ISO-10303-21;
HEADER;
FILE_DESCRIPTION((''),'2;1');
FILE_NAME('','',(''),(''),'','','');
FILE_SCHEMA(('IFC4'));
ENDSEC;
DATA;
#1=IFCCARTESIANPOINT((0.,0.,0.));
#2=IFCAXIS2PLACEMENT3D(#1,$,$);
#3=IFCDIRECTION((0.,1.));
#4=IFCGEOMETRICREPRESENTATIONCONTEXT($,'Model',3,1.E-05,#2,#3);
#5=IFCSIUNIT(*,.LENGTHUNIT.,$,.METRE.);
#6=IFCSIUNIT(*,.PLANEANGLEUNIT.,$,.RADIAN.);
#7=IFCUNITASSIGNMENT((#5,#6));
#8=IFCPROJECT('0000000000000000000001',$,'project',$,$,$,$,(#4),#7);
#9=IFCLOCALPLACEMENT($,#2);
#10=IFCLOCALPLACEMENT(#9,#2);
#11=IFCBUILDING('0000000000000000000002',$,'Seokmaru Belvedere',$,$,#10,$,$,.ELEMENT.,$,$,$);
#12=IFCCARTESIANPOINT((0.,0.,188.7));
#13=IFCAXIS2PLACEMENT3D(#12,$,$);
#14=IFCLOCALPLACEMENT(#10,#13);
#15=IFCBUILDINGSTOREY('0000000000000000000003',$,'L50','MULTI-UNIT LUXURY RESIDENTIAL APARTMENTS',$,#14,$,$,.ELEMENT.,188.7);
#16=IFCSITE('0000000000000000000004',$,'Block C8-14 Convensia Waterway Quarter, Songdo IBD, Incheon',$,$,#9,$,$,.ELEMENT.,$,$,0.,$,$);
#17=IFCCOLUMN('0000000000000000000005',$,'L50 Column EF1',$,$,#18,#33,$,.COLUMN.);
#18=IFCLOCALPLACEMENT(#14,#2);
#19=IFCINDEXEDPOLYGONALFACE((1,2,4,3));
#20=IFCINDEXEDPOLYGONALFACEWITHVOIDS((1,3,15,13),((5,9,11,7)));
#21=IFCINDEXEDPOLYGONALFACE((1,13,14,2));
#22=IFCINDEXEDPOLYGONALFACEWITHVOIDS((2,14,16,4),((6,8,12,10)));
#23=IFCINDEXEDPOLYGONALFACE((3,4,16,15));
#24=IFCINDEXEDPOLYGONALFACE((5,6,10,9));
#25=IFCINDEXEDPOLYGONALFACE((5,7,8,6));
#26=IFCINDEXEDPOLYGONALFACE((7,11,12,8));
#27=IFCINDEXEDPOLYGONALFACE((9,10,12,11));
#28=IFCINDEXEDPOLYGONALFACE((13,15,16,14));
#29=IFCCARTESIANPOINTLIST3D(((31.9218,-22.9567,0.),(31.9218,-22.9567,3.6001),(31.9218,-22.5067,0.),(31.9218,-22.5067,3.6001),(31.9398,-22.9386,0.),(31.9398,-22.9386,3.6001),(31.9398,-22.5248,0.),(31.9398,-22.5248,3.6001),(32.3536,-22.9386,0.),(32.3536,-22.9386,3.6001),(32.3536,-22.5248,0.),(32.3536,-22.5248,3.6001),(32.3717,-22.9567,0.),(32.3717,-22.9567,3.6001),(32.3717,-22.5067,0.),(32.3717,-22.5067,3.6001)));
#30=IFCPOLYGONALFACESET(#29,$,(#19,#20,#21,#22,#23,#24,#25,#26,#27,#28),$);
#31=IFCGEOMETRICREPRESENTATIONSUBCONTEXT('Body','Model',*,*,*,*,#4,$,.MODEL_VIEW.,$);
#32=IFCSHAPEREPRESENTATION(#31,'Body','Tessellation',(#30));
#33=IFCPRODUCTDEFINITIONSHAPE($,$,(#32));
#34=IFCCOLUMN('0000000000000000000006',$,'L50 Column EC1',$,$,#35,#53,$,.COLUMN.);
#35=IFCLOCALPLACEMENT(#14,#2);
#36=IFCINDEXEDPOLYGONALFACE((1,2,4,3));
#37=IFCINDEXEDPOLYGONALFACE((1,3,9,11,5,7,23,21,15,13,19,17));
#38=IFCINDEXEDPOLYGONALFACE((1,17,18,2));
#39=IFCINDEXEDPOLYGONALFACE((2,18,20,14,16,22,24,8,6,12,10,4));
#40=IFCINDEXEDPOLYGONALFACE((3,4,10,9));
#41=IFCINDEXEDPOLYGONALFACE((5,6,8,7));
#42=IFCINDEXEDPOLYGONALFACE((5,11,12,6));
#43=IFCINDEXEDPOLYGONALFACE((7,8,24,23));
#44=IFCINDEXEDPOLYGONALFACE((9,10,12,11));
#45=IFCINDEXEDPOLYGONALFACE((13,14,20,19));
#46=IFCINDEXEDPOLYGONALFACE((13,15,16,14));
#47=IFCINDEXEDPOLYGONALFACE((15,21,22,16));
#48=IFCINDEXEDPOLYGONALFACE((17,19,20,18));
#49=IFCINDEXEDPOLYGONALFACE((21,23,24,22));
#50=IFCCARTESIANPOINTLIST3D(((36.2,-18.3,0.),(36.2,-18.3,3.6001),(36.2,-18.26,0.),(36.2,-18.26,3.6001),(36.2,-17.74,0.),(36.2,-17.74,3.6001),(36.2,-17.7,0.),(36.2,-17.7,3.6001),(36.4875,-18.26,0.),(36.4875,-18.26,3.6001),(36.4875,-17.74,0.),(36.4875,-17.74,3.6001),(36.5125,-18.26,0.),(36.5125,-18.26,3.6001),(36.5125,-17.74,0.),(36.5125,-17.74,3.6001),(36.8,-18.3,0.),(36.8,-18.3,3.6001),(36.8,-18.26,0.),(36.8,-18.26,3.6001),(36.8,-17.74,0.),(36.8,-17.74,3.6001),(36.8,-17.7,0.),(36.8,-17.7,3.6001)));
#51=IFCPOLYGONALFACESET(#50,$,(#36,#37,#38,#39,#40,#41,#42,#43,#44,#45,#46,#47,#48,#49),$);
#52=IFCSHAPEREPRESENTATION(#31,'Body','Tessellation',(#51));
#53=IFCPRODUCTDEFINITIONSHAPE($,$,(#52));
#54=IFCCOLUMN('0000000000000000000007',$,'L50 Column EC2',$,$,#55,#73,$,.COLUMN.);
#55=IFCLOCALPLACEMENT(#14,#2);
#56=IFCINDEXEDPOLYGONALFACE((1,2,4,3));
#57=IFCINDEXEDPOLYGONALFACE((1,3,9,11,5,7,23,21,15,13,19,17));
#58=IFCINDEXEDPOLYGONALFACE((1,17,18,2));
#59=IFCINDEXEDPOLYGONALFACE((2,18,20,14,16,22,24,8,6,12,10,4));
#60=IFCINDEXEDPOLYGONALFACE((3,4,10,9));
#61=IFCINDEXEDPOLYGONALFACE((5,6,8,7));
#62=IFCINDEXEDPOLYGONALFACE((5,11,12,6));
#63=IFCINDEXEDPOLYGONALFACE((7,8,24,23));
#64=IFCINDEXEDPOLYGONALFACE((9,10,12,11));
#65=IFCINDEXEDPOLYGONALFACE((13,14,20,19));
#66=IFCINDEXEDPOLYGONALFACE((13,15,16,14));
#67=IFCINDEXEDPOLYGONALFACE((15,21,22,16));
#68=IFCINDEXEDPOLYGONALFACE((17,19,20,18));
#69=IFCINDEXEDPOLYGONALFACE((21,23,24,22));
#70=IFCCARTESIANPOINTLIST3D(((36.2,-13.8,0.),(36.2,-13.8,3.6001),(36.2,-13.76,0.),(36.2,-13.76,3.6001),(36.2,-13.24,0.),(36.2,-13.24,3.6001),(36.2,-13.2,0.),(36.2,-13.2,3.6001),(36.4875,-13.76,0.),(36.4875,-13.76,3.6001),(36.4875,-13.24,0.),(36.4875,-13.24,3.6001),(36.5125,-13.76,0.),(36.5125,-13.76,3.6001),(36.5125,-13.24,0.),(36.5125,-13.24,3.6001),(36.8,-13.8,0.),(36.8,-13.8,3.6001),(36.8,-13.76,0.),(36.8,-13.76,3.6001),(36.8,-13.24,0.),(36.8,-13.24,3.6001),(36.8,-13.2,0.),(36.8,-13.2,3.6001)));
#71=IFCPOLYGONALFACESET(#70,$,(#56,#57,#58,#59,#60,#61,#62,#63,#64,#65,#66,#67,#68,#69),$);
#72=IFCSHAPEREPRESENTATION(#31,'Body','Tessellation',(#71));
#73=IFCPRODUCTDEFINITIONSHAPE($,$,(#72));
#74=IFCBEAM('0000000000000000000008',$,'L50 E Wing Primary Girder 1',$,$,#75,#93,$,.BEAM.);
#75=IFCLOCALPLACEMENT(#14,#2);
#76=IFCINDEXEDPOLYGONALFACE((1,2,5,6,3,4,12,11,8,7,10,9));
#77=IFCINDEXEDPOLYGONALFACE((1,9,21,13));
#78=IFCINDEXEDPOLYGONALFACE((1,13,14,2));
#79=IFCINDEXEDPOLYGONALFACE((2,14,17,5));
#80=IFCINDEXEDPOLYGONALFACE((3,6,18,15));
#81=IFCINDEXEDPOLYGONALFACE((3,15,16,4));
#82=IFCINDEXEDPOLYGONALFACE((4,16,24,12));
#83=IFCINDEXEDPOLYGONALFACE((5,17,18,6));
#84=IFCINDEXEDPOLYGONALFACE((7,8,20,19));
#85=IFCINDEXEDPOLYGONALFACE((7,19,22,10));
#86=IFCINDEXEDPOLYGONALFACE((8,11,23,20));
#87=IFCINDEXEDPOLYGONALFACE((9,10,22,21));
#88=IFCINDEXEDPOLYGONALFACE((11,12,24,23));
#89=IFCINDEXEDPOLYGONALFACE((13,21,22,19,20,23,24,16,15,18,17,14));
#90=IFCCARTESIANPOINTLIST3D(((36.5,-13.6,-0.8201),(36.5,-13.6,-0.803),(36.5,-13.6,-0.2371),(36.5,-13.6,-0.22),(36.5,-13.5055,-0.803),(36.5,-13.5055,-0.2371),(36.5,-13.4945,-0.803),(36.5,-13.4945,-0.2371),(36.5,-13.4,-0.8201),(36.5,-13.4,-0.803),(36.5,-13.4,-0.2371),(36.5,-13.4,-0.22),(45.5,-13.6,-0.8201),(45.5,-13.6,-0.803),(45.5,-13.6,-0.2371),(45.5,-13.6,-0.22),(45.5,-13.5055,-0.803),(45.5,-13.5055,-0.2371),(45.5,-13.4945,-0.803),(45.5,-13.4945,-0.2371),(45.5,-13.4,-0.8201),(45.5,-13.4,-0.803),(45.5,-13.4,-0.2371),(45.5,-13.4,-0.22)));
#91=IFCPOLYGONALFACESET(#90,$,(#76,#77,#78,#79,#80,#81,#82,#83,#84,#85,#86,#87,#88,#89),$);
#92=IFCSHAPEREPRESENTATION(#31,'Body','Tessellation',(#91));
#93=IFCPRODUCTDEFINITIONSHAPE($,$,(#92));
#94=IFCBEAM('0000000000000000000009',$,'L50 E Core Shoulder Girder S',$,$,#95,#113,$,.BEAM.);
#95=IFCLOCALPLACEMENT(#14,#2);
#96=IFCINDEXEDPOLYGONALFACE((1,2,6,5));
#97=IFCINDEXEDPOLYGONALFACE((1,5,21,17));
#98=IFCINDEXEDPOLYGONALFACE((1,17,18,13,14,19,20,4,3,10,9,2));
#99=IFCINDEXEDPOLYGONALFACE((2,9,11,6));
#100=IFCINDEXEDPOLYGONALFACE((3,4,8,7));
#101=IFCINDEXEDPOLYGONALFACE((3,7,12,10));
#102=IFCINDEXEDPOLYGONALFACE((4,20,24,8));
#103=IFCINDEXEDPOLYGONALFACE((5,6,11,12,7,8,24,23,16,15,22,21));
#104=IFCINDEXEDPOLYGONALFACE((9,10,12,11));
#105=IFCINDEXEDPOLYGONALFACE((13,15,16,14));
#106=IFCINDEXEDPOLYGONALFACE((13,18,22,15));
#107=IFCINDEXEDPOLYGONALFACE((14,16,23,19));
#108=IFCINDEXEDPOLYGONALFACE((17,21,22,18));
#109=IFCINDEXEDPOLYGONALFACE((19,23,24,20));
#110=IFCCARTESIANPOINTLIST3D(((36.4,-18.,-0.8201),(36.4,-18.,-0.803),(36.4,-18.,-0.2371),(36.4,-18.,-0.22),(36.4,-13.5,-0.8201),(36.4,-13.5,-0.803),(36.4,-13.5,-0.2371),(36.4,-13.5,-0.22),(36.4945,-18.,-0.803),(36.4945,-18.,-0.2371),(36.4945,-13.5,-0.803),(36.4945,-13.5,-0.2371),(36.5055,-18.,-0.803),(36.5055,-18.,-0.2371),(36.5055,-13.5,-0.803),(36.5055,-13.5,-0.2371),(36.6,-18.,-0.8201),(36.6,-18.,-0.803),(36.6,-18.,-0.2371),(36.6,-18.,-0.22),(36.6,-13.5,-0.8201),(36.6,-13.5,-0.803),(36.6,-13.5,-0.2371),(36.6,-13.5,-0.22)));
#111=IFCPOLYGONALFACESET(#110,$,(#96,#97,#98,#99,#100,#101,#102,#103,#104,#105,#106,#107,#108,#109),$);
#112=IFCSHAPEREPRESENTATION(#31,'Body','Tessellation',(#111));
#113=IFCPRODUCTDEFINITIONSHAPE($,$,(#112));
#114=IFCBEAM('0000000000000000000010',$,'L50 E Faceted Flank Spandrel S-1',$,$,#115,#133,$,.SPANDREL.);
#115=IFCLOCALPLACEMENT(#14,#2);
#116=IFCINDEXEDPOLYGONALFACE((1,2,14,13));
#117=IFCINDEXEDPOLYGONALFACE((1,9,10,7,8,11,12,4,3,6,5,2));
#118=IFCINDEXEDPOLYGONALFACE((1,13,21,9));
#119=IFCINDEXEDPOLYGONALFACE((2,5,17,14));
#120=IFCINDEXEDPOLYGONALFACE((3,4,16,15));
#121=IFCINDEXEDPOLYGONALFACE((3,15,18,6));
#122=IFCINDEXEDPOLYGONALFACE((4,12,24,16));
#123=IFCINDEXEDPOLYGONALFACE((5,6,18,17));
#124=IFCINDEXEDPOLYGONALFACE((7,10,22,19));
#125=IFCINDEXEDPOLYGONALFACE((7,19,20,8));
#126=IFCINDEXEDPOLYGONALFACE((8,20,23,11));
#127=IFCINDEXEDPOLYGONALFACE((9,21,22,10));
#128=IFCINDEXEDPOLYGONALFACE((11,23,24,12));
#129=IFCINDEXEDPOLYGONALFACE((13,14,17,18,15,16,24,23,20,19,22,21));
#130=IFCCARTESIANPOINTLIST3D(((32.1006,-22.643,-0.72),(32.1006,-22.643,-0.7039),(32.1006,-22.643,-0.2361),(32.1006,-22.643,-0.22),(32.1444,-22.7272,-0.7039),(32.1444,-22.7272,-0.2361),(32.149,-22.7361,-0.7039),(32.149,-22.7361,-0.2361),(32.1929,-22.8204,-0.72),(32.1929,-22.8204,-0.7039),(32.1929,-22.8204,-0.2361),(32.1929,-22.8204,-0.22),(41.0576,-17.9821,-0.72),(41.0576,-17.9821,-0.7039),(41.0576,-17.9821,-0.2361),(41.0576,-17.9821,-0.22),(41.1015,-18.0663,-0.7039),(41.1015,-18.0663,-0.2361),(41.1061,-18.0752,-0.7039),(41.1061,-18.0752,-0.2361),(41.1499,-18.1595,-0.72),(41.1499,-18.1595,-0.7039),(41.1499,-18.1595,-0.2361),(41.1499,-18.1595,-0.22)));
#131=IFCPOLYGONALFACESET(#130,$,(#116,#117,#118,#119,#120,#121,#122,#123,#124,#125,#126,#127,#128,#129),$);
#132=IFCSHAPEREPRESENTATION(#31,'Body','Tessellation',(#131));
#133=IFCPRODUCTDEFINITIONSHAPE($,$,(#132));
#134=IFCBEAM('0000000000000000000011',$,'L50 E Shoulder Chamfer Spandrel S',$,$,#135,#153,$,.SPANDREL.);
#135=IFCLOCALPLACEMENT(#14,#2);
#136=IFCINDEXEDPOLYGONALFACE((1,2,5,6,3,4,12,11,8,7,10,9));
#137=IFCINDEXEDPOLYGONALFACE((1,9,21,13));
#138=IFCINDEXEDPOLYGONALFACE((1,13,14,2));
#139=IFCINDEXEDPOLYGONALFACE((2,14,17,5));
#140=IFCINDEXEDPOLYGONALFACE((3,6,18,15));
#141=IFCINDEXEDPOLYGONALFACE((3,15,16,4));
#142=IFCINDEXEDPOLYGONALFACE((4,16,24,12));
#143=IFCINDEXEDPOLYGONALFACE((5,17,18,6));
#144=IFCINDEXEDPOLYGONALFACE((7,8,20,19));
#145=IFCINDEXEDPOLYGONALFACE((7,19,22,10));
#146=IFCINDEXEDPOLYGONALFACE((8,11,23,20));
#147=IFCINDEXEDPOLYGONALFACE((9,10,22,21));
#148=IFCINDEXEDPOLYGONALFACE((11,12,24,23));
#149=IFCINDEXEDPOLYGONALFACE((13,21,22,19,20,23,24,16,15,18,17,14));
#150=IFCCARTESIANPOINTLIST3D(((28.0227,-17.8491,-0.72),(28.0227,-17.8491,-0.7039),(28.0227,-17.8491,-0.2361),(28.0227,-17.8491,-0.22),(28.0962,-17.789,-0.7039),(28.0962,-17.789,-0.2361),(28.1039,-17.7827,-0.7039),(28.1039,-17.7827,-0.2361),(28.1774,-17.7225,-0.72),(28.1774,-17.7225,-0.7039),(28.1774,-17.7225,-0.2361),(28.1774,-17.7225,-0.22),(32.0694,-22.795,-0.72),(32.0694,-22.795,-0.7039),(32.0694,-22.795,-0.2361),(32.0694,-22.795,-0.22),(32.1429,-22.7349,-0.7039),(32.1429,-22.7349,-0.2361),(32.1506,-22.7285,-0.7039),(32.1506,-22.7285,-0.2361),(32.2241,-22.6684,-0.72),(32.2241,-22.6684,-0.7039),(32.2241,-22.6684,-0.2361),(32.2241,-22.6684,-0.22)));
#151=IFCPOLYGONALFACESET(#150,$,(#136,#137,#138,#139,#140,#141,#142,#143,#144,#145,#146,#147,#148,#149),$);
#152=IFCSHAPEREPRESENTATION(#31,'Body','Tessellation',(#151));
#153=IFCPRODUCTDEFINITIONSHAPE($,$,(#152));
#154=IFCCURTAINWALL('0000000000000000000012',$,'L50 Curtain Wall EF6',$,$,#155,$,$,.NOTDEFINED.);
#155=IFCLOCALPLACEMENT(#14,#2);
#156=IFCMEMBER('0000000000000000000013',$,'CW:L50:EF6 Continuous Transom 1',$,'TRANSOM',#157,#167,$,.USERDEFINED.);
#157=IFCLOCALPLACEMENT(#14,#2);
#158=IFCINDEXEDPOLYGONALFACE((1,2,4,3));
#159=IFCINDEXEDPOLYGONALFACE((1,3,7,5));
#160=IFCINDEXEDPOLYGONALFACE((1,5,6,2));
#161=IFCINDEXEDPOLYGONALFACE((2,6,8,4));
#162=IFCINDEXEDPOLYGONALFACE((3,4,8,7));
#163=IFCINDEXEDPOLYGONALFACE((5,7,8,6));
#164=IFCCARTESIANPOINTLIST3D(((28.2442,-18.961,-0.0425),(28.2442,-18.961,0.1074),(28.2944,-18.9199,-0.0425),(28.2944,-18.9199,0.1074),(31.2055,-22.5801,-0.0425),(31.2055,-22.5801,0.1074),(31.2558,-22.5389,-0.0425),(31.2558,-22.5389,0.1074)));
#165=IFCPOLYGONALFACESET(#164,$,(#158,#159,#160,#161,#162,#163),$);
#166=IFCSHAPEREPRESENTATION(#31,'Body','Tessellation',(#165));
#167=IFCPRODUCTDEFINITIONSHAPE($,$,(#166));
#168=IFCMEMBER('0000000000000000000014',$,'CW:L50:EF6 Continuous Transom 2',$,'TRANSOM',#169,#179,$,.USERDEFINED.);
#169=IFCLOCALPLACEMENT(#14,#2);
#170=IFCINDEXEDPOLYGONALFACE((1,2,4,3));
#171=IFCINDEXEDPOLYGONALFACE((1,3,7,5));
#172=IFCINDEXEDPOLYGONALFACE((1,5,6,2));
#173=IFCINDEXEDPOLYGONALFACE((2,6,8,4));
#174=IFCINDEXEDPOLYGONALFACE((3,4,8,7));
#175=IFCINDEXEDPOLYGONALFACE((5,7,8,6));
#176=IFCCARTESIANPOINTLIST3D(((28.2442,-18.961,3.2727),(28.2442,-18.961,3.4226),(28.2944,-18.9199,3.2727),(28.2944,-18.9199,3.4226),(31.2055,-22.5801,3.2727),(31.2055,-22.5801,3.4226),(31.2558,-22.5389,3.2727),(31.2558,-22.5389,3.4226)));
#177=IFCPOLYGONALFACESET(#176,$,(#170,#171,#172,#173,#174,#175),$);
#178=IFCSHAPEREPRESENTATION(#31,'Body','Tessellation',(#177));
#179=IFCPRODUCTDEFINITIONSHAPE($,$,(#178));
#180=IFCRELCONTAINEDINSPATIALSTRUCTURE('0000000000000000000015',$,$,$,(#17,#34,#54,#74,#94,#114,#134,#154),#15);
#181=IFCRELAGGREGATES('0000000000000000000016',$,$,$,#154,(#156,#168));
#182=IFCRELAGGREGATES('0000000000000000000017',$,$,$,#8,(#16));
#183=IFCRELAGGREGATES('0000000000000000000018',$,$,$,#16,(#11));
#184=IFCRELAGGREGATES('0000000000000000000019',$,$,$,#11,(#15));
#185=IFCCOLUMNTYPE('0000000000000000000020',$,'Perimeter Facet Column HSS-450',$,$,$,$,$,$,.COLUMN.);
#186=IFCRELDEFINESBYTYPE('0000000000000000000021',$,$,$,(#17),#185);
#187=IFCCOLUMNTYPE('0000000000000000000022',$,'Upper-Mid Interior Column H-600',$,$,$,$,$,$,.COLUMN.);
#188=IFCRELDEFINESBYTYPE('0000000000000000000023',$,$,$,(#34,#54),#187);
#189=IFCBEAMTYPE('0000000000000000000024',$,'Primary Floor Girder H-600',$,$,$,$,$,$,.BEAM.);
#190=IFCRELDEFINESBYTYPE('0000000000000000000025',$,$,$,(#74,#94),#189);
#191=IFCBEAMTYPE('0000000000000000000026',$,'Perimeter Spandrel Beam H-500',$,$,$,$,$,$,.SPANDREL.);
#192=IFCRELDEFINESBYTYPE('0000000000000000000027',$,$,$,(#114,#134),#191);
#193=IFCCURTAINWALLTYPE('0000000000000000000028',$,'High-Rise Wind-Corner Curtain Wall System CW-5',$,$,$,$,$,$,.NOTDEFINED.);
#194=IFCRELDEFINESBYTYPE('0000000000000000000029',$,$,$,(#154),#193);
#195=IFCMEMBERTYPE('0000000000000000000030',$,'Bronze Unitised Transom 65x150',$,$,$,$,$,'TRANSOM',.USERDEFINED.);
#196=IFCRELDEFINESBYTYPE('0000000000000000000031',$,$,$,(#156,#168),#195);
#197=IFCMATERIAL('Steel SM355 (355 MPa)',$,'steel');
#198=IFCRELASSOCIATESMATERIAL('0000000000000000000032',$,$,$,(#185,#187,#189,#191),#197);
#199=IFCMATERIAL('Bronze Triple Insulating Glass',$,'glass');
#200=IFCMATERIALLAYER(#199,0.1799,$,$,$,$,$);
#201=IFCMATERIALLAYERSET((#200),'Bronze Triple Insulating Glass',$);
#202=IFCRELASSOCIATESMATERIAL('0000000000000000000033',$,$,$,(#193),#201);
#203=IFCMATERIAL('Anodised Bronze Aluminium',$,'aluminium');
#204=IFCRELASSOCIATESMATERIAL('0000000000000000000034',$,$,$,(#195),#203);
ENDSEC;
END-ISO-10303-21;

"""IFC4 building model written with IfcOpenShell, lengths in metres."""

from ifc_helpers import new_model, si_unit, direction, frame, origin, origin_2d, place, context, subcontext, project, spatial, rectangle, hollow_rectangle, i_section, extrude, source, transform, mapped, material, layer, layer_set, material_profile, profile_set, type_object, type_shapes, element, aggregate, save


model = new_model("IFC4")

# Units and contexts
model_context = context("Model", 3, precision=1e-05, world=origin(), true_north=direction((0.0, 1.0)))
body_context = subcontext(model_context, "Body", "Model", "MODEL_VIEW")
ifc_project = project(units=[si_unit("LENGTHUNIT", "METRE"), si_unit("PLANEANGLEUNIT", "RADIAN")], contexts=[model_context])

# Site, building, storey
site_placement = place(None, origin())
site = spatial("IfcSite", under=ifc_project, at=site_placement, Name="Block C8-14 Convensia Waterway Quarter, Songdo IBD, Incheon", CompositionType="ELEMENT", RefElevation=0.0)
building_placement = place(site_placement, origin())
building = spatial("IfcBuilding", under=site, at=building_placement, Name="Seokmaru Belvedere", CompositionType="ELEMENT")
storey_placement = place(building_placement, frame((0.0, 0.0, 188.7)))
storey = spatial("IfcBuildingStorey", under=building, at=storey_placement, Name="L50", Description="MULTI-UNIT LUXURY RESIDENTIAL APARTMENTS", CompositionType="ELEMENT", Elevation=188.7)

# Columns
ifc_material_1 = material(Name="Steel SM355 (355 MPa)", Category="steel")
ifc_material_profile_1 = material_profile(ifc_material_1, hollow_rectangle(XDim=0.45, YDim=0.45, WallThickness=0.0181, at=origin_2d()), Name="HSS-450x450x18")
ifc_profile_set_1 = profile_set([ifc_material_profile_1], Name="Steel SM355 (355 MPa)")
column_type_1 = type_object("IfcColumnType", Name="Perimeter Facet Column HSS-450", PredefinedType="COLUMN", material=ifc_profile_set_1)
shared_shape_1 = source(origin(), body_context, "Body", "SweptSolid", [
    extrude(hollow_rectangle(XDim=0.45, YDim=0.45, WallThickness=0.0181, at=origin_2d()), origin(), (0.0, 0.0, 1.0), 3.6001),
])
type_shapes(column_type_1, [shared_shape_1])
column_placement = place(storey_placement, frame((32.1467, -22.7317, 0.0), z_axis=(0.0, 0.0, 1.0), x_axis=(1.0, 0.0, 0.0)))
element("IfcColumn", 1, at=column_placement, inside=storey, type_object=column_type_1, Name="L50 Column EF1", PredefinedType="COLUMN", context=body_context, shape_type="MappedRepresentation", body=[
    mapped(shared_shape_1, transform((0.0, 0.0, 0.0), scale=1.0)),
])
ifc_material_profile_2 = material_profile(ifc_material_1, i_section(OverallWidth=0.6001, OverallDepth=0.6001, WebThickness=0.0249, FlangeThickness=0.04, at=origin_2d()), Name="H-600x600x25x40")
ifc_profile_set_2 = profile_set([ifc_material_profile_2], Name="Steel SM355 (355 MPa)")
column_type_2 = type_object("IfcColumnType", Name="Upper-Mid Interior Column H-600", PredefinedType="COLUMN", material=ifc_profile_set_2)
shared_shape_2 = source(origin(), body_context, "Body", "SweptSolid", [
    extrude(i_section(OverallWidth=0.6001, OverallDepth=0.6001, WebThickness=0.0249, FlangeThickness=0.04, at=origin_2d()), origin(), (0.0, 0.0, 1.0), 3.6001),
])
type_shapes(column_type_2, [shared_shape_2])
for number, where, z_axis, x_axis, name in (
    (2, (36.5, -18.0, 0.0), (0.0, 0.0, 1.0), (1.0, 0.0, 0.0), "L50 Column EC1"),
    (3, (36.5, -13.5, 0.0), (0.0, 0.0, 1.0), (1.0, 0.0, 0.0), "L50 Column EC2"),
):
    element("IfcColumn", number, at=place(storey_placement, frame(where, z_axis=z_axis, x_axis=x_axis)), inside=storey, type_object=column_type_2, Name=name, PredefinedType="COLUMN", context=body_context, shape_type="MappedRepresentation", body=[
        mapped(shared_shape_2, transform((0.0, 0.0, 0.0), scale=1.0)),
    ])

# Beams
ifc_material_profile_3 = material_profile(ifc_material_1, i_section(OverallWidth=0.2, OverallDepth=0.6001, WebThickness=0.011, FlangeThickness=0.0171, at=origin_2d()), Name="H-600x200x11x17")
ifc_profile_set_3 = profile_set([ifc_material_profile_3], Name="Steel SM355 (355 MPa)")
beam_type_1 = type_object("IfcBeamType", Name="Primary Floor Girder H-600", PredefinedType="BEAM", material=ifc_profile_set_3)
shared_shape_3 = source(origin(), body_context, "Body", "SweptSolid", [
    extrude(i_section(OverallWidth=0.2, OverallDepth=0.6001, WebThickness=0.011, FlangeThickness=0.0171, at=origin_2d()), origin(), (0.0, 0.0, 1.0), 9.0),
])
beam_1_placement = place(storey_placement, frame((36.5, -13.5, -0.52), z_axis=(1.0, 0.0, 0.0), x_axis=(0.0, 1.0, 0.0)))
element("IfcBeam", 4, at=beam_1_placement, inside=storey, type_object=beam_type_1, Name="L50 E Wing Primary Girder 1", PredefinedType="BEAM", context=body_context, shape_type="MappedRepresentation", body=[
    mapped(shared_shape_3, transform((0.0, 0.0, 0.0), scale=1.0)),
])
shared_shape_4 = source(origin(), body_context, "Body", "SweptSolid", [
    extrude(i_section(OverallWidth=0.2, OverallDepth=0.6001, WebThickness=0.011, FlangeThickness=0.0171, at=origin_2d()), origin(), (0.0, 0.0, 1.0), 4.5),
])
type_shapes(beam_type_1, [shared_shape_3, shared_shape_4])
beam_2_placement = place(storey_placement, frame((36.5, -18.0, -0.52), z_axis=(0.0, 1.0, 0.0), x_axis=(-1.0, 0.0, 0.0)))
element("IfcBeam", 5, at=beam_2_placement, inside=storey, type_object=beam_type_1, Name="L50 E Core Shoulder Girder S", PredefinedType="BEAM", context=body_context, shape_type="MappedRepresentation", body=[
    mapped(shared_shape_4, transform((0.0, 0.0, 0.0), scale=1.0)),
])
ifc_material_profile_4 = material_profile(ifc_material_1, i_section(OverallWidth=0.2, OverallDepth=0.5, WebThickness=0.01, FlangeThickness=0.0161, at=origin_2d()), Name="H-500x200x10x16")
ifc_profile_set_4 = profile_set([ifc_material_profile_4], Name="Steel SM355 (355 MPa)")
beam_type_2 = type_object("IfcBeamType", Name="Perimeter Spandrel Beam H-500", PredefinedType="SPANDREL", material=ifc_profile_set_4)
shared_shape_5 = source(origin(), body_context, "Body", "SweptSolid", [
    extrude(i_section(OverallWidth=0.2, OverallDepth=0.5, WebThickness=0.01, FlangeThickness=0.0161, at=origin_2d()), origin(), (0.0, 0.0, 1.0), 10.0972),
])
beam_3_placement = place(storey_placement, frame((32.1467, -22.7317, -0.47), z_axis=(0.887086, 0.461605, 0.0), x_axis=(-0.461605, 0.887086, 0.0)))
element("IfcBeam", 6, at=beam_3_placement, inside=storey, type_object=beam_type_2, Name="L50 E Faceted Flank Spandrel S-1", PredefinedType="SPANDREL", context=body_context, shape_type="MappedRepresentation", body=[
    mapped(shared_shape_5, transform((0.0, 0.0, 0.0), scale=1.0)),
])
shared_shape_6 = source(origin(), body_context, "Body", "SweptSolid", [
    extrude(i_section(OverallWidth=0.2, OverallDepth=0.5, WebThickness=0.01, FlangeThickness=0.0161, at=origin_2d()), origin(), (0.0, 0.0, 1.0), 6.3904),
])
type_shapes(beam_type_2, [shared_shape_5, shared_shape_6])
beam_4_placement = place(storey_placement, frame((32.1467, -22.7317, -0.47), z_axis=(-0.633244, 0.773952, 0.0), x_axis=(-0.773952, -0.633244, 0.0)))
element("IfcBeam", 7, at=beam_4_placement, inside=storey, type_object=beam_type_2, Name="L50 E Shoulder Chamfer Spandrel S", PredefinedType="SPANDREL", context=body_context, shape_type="MappedRepresentation", body=[
    mapped(shared_shape_6, transform((0.0, 0.0, 0.0), scale=1.0)),
])

# Curtain wall, members
ifc_material_2 = material(Name="Bronze Triple Insulating Glass", Category="glass")
ifc_layer_1 = layer(ifc_material_2, 0.1799)
ifc_layer_set_1 = layer_set([ifc_layer_1], Name="Bronze Triple Insulating Glass")
curtain_wall_type = type_object("IfcCurtainWallType", Name="High-Rise Wind-Corner Curtain Wall System CW-5", PredefinedType="NOTDEFINED", material=ifc_layer_set_1)
curtain_wall_1_placement = place(storey_placement, origin())
curtain_wall_1 = element("IfcCurtainWall", 8, at=curtain_wall_1_placement, inside=storey, type_object=curtain_wall_type, Name="L50 Curtain Wall EF6", PredefinedType="NOTDEFINED")
ifc_material_3 = material(Name="Anodised Bronze Aluminium", Category="aluminium")
ifc_material_profile_5 = material_profile(ifc_material_3, rectangle(XDim=0.0649, YDim=0.1499, at=origin_2d()), Name="CW-T-65x150")
ifc_profile_set_5 = profile_set([ifc_material_profile_5], Name="Anodised Bronze Aluminium")
member_type_1 = type_object("IfcMemberType", Name="Bronze Unitised Transom 65x150", ElementType="TRANSOM", PredefinedType="USERDEFINED", material=ifc_profile_set_5)
shared_shape_7 = source(origin(), body_context, "Body", "SweptSolid", [
    extrude(rectangle(XDim=0.0649, YDim=0.1499, at=origin_2d()), origin(), (0.0, 0.0, 1.0), 4.6763),
])
member_1_placement = place(storey_placement, frame((28.2693, -18.9404, 0.0325), z_axis=(0.633278, -0.773925, 0.0), x_axis=(0.773925, 0.633278, 0.0)))
member_1 = element("IfcMember", 9, at=member_1_placement, type_object=member_type_1, Name="CW:L50:EF6 Continuous Transom 1", ObjectType="TRANSOM", PredefinedType="USERDEFINED", context=body_context, shape_type="MappedRepresentation", body=[
    mapped(shared_shape_7, transform((0.0, 0.0, 0.0), scale=1.0)),
])
member_2_placement = place(storey_placement, frame((28.2693, -18.9404, 3.3477), z_axis=(0.633278, -0.773925, 0.0), x_axis=(0.773925, 0.633278, 0.0)))
member_2 = element("IfcMember", 10, at=member_2_placement, type_object=member_type_1, Name="CW:L50:EF6 Continuous Transom 2", ObjectType="TRANSOM", PredefinedType="USERDEFINED", context=body_context, shape_type="MappedRepresentation", body=[
    mapped(shared_shape_7, transform((0.0, 0.0, 0.0), scale=1.0)),
])

aggregate(curtain_wall_1, [member_1, member_2])

save(model, "model.ifc")
